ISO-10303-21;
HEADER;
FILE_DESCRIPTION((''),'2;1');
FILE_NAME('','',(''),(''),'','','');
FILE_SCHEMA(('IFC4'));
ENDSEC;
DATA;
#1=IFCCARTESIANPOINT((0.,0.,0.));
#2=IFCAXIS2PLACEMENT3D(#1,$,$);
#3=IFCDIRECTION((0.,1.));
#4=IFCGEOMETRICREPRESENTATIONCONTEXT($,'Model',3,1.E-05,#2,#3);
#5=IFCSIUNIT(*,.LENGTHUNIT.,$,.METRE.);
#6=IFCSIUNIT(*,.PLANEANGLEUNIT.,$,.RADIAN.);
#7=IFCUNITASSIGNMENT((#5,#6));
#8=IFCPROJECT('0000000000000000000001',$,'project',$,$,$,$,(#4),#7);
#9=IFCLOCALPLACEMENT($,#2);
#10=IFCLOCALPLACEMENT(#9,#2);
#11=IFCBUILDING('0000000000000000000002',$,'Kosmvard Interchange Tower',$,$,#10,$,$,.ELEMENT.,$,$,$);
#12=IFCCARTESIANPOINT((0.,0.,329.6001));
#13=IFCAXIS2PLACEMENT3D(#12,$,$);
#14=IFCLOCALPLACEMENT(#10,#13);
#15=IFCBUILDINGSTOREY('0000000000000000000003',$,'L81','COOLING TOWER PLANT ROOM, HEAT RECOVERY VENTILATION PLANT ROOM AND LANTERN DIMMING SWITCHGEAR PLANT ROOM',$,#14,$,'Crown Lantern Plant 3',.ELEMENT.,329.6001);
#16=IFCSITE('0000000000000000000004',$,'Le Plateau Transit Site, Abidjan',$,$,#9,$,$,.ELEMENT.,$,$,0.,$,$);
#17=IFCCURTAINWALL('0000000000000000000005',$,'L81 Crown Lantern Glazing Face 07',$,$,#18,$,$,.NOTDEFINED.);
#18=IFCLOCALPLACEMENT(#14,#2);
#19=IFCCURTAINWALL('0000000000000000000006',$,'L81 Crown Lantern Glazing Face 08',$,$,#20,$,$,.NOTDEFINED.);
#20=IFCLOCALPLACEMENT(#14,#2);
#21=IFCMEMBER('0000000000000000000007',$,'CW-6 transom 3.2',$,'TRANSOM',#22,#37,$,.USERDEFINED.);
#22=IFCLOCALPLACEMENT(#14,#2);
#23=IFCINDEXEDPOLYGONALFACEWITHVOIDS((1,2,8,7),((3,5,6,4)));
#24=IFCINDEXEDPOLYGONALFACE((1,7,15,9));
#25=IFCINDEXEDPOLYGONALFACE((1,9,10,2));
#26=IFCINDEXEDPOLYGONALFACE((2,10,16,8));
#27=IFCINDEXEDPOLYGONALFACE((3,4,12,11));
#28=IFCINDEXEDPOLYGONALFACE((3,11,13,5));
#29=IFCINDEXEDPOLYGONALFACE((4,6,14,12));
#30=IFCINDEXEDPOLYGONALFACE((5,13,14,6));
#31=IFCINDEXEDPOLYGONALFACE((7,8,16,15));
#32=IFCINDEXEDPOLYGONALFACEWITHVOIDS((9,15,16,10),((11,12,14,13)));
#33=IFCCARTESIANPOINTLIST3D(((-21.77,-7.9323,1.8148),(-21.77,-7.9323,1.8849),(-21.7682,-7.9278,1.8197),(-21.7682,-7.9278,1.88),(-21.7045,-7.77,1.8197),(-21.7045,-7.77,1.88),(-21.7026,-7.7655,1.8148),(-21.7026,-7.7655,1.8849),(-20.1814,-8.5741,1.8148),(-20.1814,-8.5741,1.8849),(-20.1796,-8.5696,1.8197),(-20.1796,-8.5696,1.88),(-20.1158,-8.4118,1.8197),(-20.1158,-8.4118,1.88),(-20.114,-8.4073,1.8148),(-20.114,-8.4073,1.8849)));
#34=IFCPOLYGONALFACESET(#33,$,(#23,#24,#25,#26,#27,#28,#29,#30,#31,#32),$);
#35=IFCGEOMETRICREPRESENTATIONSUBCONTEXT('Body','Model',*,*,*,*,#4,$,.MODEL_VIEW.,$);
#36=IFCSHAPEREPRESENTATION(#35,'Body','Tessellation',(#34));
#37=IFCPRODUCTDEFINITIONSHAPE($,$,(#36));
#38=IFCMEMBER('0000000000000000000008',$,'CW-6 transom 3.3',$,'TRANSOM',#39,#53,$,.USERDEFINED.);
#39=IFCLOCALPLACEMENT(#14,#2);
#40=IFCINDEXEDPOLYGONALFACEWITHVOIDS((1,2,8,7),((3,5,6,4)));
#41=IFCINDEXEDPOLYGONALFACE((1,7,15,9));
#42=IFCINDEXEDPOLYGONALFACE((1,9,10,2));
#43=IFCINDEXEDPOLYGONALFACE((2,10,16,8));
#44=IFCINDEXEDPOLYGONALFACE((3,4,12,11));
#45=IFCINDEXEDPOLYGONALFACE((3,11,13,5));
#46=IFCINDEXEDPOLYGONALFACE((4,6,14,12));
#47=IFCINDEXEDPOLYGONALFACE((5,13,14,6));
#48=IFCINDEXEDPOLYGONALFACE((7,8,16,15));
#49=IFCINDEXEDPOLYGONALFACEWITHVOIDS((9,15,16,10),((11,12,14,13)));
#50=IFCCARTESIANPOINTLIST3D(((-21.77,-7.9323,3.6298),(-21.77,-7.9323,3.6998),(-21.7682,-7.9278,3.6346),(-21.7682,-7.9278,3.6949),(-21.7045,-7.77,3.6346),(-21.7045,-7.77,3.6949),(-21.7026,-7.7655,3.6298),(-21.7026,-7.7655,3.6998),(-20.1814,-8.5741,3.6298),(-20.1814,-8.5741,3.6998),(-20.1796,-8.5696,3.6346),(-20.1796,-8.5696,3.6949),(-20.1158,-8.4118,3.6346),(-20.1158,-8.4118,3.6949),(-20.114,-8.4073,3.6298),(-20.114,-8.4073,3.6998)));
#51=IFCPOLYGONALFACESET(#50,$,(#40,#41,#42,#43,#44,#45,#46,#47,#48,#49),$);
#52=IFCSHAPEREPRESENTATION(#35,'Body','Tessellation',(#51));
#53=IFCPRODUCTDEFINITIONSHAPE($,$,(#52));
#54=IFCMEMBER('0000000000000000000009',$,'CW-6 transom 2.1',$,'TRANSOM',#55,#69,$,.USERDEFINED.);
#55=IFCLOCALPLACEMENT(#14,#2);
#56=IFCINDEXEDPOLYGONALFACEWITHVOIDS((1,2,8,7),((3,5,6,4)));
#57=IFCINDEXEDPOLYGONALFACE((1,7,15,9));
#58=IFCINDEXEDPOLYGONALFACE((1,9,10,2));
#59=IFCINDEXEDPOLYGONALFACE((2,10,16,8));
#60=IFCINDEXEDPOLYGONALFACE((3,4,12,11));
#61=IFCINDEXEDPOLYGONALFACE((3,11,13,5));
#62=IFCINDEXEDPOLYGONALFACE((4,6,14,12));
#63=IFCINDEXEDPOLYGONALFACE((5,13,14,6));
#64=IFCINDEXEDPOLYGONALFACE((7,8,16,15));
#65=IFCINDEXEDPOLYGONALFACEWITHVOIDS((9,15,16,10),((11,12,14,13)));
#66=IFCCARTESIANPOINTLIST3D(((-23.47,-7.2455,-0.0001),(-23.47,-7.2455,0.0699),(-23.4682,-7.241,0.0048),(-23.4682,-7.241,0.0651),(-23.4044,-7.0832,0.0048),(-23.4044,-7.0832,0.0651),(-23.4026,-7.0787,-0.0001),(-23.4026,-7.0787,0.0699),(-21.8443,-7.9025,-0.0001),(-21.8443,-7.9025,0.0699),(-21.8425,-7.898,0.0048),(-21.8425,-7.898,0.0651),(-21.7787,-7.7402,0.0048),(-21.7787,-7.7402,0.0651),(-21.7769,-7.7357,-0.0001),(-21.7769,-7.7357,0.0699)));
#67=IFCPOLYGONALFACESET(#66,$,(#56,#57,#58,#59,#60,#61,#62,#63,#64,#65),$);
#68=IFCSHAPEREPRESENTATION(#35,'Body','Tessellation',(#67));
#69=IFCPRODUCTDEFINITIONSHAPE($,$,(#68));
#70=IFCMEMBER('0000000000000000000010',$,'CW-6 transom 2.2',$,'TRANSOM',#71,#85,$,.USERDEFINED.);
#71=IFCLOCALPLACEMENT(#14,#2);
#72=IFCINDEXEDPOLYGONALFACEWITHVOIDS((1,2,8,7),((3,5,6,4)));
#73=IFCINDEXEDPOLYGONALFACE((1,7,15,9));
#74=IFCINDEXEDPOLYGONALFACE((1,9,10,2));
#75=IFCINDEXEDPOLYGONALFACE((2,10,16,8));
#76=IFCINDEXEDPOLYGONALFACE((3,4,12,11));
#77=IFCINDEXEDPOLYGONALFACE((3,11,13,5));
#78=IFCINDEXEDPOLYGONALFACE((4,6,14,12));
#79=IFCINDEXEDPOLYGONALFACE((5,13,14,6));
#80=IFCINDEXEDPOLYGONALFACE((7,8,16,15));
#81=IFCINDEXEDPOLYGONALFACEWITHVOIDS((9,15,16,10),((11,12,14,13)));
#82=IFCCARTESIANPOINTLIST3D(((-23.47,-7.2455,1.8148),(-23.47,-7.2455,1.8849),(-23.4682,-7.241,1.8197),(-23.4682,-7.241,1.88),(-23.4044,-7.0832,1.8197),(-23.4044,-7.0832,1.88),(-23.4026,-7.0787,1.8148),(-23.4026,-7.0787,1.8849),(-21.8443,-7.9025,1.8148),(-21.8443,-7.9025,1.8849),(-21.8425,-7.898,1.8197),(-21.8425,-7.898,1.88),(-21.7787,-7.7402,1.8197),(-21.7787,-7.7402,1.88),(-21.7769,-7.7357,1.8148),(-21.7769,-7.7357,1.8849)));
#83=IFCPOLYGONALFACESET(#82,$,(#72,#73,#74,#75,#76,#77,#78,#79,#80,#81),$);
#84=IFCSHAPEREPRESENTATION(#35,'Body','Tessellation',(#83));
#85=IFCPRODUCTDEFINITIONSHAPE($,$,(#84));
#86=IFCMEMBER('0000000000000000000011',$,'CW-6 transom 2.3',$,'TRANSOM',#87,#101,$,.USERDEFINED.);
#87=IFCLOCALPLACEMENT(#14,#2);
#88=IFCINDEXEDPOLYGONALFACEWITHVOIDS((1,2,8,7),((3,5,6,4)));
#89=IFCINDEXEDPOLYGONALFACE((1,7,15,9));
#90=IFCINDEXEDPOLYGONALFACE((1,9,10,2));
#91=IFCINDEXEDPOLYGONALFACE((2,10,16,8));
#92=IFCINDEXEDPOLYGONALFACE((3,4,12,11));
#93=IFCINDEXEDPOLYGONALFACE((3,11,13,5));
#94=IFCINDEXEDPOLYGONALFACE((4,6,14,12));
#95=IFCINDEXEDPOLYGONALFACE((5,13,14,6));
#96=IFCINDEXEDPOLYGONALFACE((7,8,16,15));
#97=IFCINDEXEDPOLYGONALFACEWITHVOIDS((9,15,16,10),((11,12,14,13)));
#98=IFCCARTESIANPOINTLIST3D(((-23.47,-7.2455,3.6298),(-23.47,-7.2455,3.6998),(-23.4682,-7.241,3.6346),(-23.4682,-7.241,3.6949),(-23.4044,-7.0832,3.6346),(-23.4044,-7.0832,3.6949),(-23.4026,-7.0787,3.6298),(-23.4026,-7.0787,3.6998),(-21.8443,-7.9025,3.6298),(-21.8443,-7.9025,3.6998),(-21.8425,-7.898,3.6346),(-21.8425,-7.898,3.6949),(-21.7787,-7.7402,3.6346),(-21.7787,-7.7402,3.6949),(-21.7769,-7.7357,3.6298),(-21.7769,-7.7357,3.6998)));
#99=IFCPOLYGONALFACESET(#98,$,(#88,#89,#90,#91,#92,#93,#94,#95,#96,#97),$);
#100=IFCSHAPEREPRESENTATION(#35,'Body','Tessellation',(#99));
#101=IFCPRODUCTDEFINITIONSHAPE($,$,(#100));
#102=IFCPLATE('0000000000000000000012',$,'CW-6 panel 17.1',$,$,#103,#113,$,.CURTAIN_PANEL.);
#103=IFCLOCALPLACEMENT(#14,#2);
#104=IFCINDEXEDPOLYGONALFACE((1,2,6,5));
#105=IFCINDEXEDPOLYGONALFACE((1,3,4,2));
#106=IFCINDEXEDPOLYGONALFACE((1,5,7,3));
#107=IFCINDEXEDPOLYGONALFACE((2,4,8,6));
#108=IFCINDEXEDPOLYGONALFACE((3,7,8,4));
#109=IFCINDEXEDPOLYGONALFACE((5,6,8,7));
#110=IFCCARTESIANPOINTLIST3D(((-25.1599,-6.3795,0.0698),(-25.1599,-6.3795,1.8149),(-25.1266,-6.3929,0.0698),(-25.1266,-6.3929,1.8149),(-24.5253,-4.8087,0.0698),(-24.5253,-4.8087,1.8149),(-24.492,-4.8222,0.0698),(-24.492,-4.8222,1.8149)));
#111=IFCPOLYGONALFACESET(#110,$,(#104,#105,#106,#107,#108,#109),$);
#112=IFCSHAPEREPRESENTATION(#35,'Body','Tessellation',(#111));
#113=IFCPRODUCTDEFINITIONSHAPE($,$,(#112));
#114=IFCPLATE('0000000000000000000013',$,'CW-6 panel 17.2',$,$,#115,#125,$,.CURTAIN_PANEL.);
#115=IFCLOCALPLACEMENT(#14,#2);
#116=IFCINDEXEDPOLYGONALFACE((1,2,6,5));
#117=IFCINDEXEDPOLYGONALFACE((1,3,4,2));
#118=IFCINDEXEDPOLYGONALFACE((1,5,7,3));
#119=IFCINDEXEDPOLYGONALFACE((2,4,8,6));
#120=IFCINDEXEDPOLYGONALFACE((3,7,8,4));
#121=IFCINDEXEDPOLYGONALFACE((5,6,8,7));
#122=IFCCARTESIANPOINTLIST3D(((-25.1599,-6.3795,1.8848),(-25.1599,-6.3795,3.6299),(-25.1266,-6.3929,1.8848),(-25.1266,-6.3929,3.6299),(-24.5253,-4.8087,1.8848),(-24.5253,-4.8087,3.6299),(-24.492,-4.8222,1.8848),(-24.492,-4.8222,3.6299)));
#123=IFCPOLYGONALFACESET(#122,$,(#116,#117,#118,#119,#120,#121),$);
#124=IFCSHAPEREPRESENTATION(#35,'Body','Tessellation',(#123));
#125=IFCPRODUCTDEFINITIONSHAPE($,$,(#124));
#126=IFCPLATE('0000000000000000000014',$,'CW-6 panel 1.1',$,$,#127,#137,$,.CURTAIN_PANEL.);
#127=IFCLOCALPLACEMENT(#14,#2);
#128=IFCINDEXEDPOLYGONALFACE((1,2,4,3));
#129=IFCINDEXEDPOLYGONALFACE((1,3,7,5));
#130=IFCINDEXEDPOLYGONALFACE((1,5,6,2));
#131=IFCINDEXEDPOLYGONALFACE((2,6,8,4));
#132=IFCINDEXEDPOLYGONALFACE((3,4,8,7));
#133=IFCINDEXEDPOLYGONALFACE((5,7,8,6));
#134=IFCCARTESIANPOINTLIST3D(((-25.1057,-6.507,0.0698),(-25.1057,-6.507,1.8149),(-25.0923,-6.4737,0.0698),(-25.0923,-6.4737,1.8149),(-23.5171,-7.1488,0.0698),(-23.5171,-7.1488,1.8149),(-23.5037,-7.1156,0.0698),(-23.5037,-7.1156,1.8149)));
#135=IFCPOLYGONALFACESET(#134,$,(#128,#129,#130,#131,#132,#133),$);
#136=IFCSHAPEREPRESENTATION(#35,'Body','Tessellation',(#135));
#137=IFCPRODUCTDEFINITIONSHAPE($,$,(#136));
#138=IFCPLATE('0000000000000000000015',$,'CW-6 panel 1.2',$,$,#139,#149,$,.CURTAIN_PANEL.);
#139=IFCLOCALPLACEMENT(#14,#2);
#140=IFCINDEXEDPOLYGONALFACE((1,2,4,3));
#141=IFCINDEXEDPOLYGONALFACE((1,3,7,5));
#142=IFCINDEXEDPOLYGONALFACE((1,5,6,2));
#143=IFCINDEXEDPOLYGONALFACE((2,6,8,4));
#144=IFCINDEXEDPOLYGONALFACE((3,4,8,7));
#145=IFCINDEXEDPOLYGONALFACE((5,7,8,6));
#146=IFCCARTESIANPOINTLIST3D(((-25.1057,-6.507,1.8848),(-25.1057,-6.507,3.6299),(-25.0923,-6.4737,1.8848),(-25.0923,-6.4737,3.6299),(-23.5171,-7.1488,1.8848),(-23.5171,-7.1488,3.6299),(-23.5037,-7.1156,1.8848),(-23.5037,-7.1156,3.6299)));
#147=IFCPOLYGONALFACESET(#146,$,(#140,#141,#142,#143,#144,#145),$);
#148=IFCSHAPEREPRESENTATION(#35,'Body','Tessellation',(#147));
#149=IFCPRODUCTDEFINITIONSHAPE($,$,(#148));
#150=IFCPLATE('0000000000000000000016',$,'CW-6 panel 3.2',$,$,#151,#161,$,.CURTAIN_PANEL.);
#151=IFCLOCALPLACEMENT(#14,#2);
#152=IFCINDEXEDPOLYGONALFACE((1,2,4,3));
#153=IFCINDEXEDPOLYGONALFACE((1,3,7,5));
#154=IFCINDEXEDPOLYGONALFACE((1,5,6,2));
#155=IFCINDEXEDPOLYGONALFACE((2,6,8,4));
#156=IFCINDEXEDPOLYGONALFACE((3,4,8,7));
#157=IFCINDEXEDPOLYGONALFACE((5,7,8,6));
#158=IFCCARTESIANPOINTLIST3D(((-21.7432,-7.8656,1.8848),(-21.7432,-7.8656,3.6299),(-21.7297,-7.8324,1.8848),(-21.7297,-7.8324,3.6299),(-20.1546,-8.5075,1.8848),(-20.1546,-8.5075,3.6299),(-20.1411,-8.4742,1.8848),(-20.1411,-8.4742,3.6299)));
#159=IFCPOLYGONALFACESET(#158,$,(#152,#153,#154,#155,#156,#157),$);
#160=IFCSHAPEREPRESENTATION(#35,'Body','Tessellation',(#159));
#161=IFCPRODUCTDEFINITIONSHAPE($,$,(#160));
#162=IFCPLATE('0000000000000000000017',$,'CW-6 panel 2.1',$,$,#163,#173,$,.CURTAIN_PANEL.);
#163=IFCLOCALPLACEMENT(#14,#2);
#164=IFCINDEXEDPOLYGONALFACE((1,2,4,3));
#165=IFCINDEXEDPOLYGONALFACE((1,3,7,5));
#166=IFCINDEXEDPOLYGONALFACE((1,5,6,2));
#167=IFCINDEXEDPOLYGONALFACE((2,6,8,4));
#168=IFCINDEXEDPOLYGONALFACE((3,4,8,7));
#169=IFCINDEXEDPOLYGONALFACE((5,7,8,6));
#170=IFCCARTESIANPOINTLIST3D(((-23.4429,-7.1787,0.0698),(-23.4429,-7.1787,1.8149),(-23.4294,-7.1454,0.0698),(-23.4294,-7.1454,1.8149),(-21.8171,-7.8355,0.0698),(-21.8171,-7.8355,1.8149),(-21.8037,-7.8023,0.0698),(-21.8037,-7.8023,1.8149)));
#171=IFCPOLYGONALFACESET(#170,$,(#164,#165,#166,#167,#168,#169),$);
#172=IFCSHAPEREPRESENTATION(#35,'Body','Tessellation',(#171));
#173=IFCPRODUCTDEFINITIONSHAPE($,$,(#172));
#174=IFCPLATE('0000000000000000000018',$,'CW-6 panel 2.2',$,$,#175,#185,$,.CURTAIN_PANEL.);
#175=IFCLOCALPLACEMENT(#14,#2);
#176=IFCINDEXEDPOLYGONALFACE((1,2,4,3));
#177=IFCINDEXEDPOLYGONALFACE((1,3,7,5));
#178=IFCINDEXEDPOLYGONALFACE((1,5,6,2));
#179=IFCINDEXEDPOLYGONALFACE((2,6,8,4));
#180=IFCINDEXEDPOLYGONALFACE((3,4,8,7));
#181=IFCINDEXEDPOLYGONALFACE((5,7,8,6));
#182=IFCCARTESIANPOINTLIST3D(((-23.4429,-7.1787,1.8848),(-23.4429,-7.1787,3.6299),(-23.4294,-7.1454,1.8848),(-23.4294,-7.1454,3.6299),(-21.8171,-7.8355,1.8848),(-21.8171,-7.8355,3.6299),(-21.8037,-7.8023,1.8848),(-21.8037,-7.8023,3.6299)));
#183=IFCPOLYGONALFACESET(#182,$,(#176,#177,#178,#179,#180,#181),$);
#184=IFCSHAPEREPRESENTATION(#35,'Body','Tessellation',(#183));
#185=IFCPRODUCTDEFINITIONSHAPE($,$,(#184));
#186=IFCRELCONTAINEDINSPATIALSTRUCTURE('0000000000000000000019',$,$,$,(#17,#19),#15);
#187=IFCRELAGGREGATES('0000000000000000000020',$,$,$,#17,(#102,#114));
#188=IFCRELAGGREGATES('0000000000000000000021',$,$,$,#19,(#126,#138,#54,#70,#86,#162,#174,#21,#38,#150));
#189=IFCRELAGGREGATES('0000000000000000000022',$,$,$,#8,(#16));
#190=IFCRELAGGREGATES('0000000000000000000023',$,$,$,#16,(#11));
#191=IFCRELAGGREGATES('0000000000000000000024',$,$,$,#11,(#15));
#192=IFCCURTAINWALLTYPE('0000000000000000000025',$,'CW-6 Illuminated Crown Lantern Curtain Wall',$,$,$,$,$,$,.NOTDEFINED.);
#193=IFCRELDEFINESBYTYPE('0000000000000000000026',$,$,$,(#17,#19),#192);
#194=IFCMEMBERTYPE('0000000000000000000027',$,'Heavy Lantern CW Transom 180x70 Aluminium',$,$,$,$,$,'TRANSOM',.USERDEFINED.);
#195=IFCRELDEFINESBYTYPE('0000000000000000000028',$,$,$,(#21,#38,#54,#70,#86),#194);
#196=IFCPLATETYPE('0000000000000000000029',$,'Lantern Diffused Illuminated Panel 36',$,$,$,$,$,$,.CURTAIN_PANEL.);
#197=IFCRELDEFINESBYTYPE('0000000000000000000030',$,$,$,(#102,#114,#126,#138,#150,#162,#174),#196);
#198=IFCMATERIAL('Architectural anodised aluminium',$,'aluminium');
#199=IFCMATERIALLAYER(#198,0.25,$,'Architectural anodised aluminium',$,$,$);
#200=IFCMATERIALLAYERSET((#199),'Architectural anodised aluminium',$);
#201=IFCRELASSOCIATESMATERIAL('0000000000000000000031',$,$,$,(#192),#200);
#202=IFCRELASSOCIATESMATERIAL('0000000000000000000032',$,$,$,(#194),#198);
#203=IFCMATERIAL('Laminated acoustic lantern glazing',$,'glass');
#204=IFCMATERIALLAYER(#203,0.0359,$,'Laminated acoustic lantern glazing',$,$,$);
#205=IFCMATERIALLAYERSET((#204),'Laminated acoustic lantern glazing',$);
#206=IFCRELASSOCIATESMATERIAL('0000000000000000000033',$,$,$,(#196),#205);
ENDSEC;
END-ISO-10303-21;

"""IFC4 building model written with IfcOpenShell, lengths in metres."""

from ifc_helpers import new_model, si_unit, direction, frame, origin, origin_2d, place, context, subcontext, project, spatial, rectangle, hollow_rectangle, extrude, source, transform, mapped, material, layer, layer_set, material_profile, profile_set, type_object, element, aggregate, save


model = new_model("IFC4")

# Units and contexts
model_context = context("Model", 3, precision=1e-05, world=origin(), true_north=direction((0.0, 1.0)))
body_context = subcontext(model_context, "Body", "Model", "MODEL_VIEW")
ifc_project = project(units=[si_unit("LENGTHUNIT", "METRE"), si_unit("PLANEANGLEUNIT", "RADIAN")], contexts=[model_context])

# Site, building, storey
site_placement = place(None, origin())
site = spatial("IfcSite", under=ifc_project, at=site_placement, Name="Le Plateau Transit Site, Abidjan", CompositionType="ELEMENT", RefElevation=0.0)
building_placement = place(site_placement, origin())
building = spatial("IfcBuilding", under=site, at=building_placement, Name="Kosmvard Interchange Tower", CompositionType="ELEMENT")
storey_placement = place(building_placement, frame((0.0, 0.0, 329.6001)))
storey = spatial("IfcBuildingStorey", under=building, at=storey_placement, Name="L81", Description="COOLING TOWER PLANT ROOM, HEAT RECOVERY VENTILATION PLANT ROOM AND LANTERN DIMMING SWITCHGEAR PLANT ROOM", LongName="Crown Lantern Plant 3", CompositionType="ELEMENT", Elevation=329.6001)

# Curtain wall
ifc_material_1 = material(Name="Architectural anodised aluminium", Category="aluminium")
ifc_layer_1 = layer(ifc_material_1, 0.25, Name="Architectural anodised aluminium")
ifc_layer_set_1 = layer_set([ifc_layer_1], Name="Architectural anodised aluminium")
curtain_wall_type = type_object("IfcCurtainWallType", Name="CW-6 Illuminated Crown Lantern Curtain Wall", PredefinedType="NOTDEFINED", material=ifc_layer_set_1)
curtain_wall_1_placement = place(storey_placement, origin())
curtain_wall_1 = element("IfcCurtainWall", 1, at=curtain_wall_1_placement, inside=storey, type_object=curtain_wall_type, Name="L81 Crown Lantern Glazing Face 07", PredefinedType="NOTDEFINED")

# Curtain wall, members
curtain_wall_2_placement = place(storey_placement, origin())
curtain_wall_2 = element("IfcCurtainWall", 2, at=curtain_wall_2_placement, inside=storey, type_object=curtain_wall_type, Name="L81 Crown Lantern Glazing Face 08", PredefinedType="NOTDEFINED")
ifc_material_profile_1 = material_profile(ifc_material_1, hollow_rectangle(XDim=0.1799, YDim=0.0701, WallThickness=0.0049, at=origin_2d()), Name="CWT 180x70x5")
ifc_profile_set_1 = profile_set([ifc_material_profile_1], Name="Architectural anodised aluminium")
member_type_1 = type_object("IfcMemberType", Name="Heavy Lantern CW Transom 180x70 Aluminium", ElementType="TRANSOM", PredefinedType="USERDEFINED", material=ifc_profile_set_1)
shared_shape_1 = source(origin(), body_context, "Body", "SweptSolid", [
    extrude(hollow_rectangle(XDim=0.1799, YDim=0.0701, WallThickness=0.0049, at=origin_2d()), origin(), (0.0, 0.0, 1.0), 1.7134),
])
member_1_placement = place(storey_placement, frame((-21.7363, -7.8489, 1.8499), z_axis=(0.927184, -0.374607, 0.0), x_axis=(0.374607, 0.927184, 0.0)))
member_1 = element("IfcMember", 3, at=member_1_placement, type_object=member_type_1, Name="CW-6 transom 3.2", ObjectType="TRANSOM", PredefinedType="USERDEFINED", context=body_context, shape_type="MappedRepresentation", body=[
    mapped(shared_shape_1, transform((0.0, 0.0, 0.0), scale=1.0)),
])
member_2_placement = place(storey_placement, frame((-21.7363, -7.8489, 3.6648), z_axis=(0.927184, -0.374607, 0.0), x_axis=(0.374607, 0.927184, 0.0)))
member_2 = element("IfcMember", 4, at=member_2_placement, type_object=member_type_1, Name="CW-6 transom 3.3", ObjectType="TRANSOM", PredefinedType="USERDEFINED", context=body_context, shape_type="MappedRepresentation", body=[
    mapped(shared_shape_1, transform((0.0, 0.0, 0.0), scale=1.0)),
])
shared_shape_2 = source(origin(), body_context, "Body", "SweptSolid", [
    extrude(hollow_rectangle(XDim=0.1799, YDim=0.0701, WallThickness=0.0049, at=origin_2d()), origin(), (0.0, 0.0, 1.0), 1.7534),
])
member_3_placement = place(storey_placement, frame((-23.4363, -7.1621, 0.0349), z_axis=(0.927155, -0.374677, 0.0), x_axis=(0.374677, 0.927155, 0.0)))
member_3 = element("IfcMember", 5, at=member_3_placement, type_object=member_type_1, Name="CW-6 transom 2.1", ObjectType="TRANSOM", PredefinedType="USERDEFINED", context=body_context, shape_type="MappedRepresentation", body=[
    mapped(shared_shape_2, transform((0.0, 0.0, 0.0), scale=1.0)),
])
member_4_placement = place(storey_placement, frame((-23.4363, -7.1621, 1.8499), z_axis=(0.927155, -0.374677, 0.0), x_axis=(0.374677, 0.927155, 0.0)))
member_4 = element("IfcMember", 6, at=member_4_placement, type_object=member_type_1, Name="CW-6 transom 2.2", ObjectType="TRANSOM", PredefinedType="USERDEFINED", context=body_context, shape_type="MappedRepresentation", body=[
    mapped(shared_shape_2, transform((0.0, 0.0, 0.0), scale=1.0)),
])
member_5_placement = place(storey_placement, frame((-23.4363, -7.1621, 3.6648), z_axis=(0.927155, -0.374677, 0.0), x_axis=(0.374677, 0.927155, 0.0)))
member_5 = element("IfcMember", 7, at=member_5_placement, type_object=member_type_1, Name="CW-6 transom 2.3", ObjectType="TRANSOM", PredefinedType="USERDEFINED", context=body_context, shape_type="MappedRepresentation", body=[
    mapped(shared_shape_2, transform((0.0, 0.0, 0.0), scale=1.0)),
])

# Plates
ifc_material_2 = material(Name="Laminated acoustic lantern glazing", Category="glass")
ifc_layer_2 = layer(ifc_material_2, 0.0359, Name="Laminated acoustic lantern glazing")
ifc_layer_set_2 = layer_set([ifc_layer_2], Name="Laminated acoustic lantern glazing")
plate_type = type_object("IfcPlateType", Name="Lantern Diffused Illuminated Panel 36", PredefinedType="CURTAIN_PANEL", material=ifc_layer_set_2)
shared_shape_3 = source(origin(), body_context, "Body", "SweptSolid", [
    extrude(rectangle(XDim=1.6941, YDim=0.0359, at=origin_2d()), origin(), (0.0, 0.0, 1.0), 1.7451),
])
plate_1_placement = place(storey_placement, frame((-24.8259, -5.6008, 0.0698), z_axis=(0.0, 0.0, 1.0), x_axis=(-0.374607, -0.927184, 0.0)))
plate_1 = element("IfcPlate", 8, at=plate_1_placement, type_object=plate_type, Name="CW-6 panel 17.1", PredefinedType="CURTAIN_PANEL", context=body_context, shape_type="MappedRepresentation", body=[
    mapped(shared_shape_3, transform((0.0, 0.0, 0.0), scale=1.0)),
])
plate_2_placement = place(storey_placement, frame((-24.8259, -5.6008, 1.8848), z_axis=(0.0, 0.0, 1.0), x_axis=(-0.374607, -0.927184, 0.0)))
plate_2 = element("IfcPlate", 9, at=plate_2_placement, type_object=plate_type, Name="CW-6 panel 17.2", PredefinedType="CURTAIN_PANEL", context=body_context, shape_type="MappedRepresentation", body=[
    mapped(shared_shape_3, transform((0.0, 0.0, 0.0), scale=1.0)),
])
aggregate(curtain_wall_1, [plate_1, plate_2])
shared_shape_4 = source(origin(), body_context, "Body", "SweptSolid", [
    extrude(rectangle(XDim=1.7134, YDim=0.0359, at=origin_2d()), origin(), (0.0, 0.0, 1.0), 1.7451),
])
plate_3_placement = place(storey_placement, frame((-24.3047, -6.8113, 0.0698), z_axis=(0.0, 0.0, 1.0), x_axis=(0.927184, -0.374607, 0.0)))
plate_3 = element("IfcPlate", 10, at=plate_3_placement, type_object=plate_type, Name="CW-6 panel 1.1", PredefinedType="CURTAIN_PANEL", context=body_context, shape_type="MappedRepresentation", body=[
    mapped(shared_shape_4, transform((0.0, 0.0, 0.0), scale=1.0)),
])
plate_4_placement = place(storey_placement, frame((-24.3047, -6.8113, 1.8848), z_axis=(0.0, 0.0, 1.0), x_axis=(0.927184, -0.374607, 0.0)))
plate_4 = element("IfcPlate", 11, at=plate_4_placement, type_object=plate_type, Name="CW-6 panel 1.2", PredefinedType="CURTAIN_PANEL", context=body_context, shape_type="MappedRepresentation", body=[
    mapped(shared_shape_4, transform((0.0, 0.0, 0.0), scale=1.0)),
])
plate_5_placement = place(storey_placement, frame((-20.9421, -8.1699, 1.8848), z_axis=(0.0, 0.0, 1.0), x_axis=(0.927184, -0.374607, 0.0)))
plate_5 = element("IfcPlate", 12, at=plate_5_placement, type_object=plate_type, Name="CW-6 panel 3.2", PredefinedType="CURTAIN_PANEL", context=body_context, shape_type="MappedRepresentation", body=[
    mapped(shared_shape_4, transform((0.0, 0.0, 0.0), scale=1.0)),
])
shared_shape_5 = source(origin(), body_context, "Body", "SweptSolid", [
    extrude(rectangle(XDim=1.7534, YDim=0.0359, at=origin_2d()), origin(), (0.0, 0.0, 1.0), 1.7451),
])
plate_6_placement = place(storey_placement, frame((-22.6233, -7.4905, 0.0698), z_axis=(0.0, 0.0, 1.0), x_axis=(0.927184, -0.374607, 0.0)))
plate_6 = element("IfcPlate", 13, at=plate_6_placement, type_object=plate_type, Name="CW-6 panel 2.1", PredefinedType="CURTAIN_PANEL", context=body_context, shape_type="MappedRepresentation", body=[
    mapped(shared_shape_5, transform((0.0, 0.0, 0.0), scale=1.0)),
])
plate_7_placement = place(storey_placement, frame((-22.6233, -7.4905, 1.8848), z_axis=(0.0, 0.0, 1.0), x_axis=(0.927184, -0.374607, 0.0)))
plate_7 = element("IfcPlate", 14, at=plate_7_placement, type_object=plate_type, Name="CW-6 panel 2.2", PredefinedType="CURTAIN_PANEL", context=body_context, shape_type="MappedRepresentation", body=[
    mapped(shared_shape_5, transform((0.0, 0.0, 0.0), scale=1.0)),
])
aggregate(curtain_wall_2, [plate_3, plate_4, member_3, member_4, member_5, plate_6, plate_7, member_1, member_2, plate_5])

save(model, "model.ifc")
